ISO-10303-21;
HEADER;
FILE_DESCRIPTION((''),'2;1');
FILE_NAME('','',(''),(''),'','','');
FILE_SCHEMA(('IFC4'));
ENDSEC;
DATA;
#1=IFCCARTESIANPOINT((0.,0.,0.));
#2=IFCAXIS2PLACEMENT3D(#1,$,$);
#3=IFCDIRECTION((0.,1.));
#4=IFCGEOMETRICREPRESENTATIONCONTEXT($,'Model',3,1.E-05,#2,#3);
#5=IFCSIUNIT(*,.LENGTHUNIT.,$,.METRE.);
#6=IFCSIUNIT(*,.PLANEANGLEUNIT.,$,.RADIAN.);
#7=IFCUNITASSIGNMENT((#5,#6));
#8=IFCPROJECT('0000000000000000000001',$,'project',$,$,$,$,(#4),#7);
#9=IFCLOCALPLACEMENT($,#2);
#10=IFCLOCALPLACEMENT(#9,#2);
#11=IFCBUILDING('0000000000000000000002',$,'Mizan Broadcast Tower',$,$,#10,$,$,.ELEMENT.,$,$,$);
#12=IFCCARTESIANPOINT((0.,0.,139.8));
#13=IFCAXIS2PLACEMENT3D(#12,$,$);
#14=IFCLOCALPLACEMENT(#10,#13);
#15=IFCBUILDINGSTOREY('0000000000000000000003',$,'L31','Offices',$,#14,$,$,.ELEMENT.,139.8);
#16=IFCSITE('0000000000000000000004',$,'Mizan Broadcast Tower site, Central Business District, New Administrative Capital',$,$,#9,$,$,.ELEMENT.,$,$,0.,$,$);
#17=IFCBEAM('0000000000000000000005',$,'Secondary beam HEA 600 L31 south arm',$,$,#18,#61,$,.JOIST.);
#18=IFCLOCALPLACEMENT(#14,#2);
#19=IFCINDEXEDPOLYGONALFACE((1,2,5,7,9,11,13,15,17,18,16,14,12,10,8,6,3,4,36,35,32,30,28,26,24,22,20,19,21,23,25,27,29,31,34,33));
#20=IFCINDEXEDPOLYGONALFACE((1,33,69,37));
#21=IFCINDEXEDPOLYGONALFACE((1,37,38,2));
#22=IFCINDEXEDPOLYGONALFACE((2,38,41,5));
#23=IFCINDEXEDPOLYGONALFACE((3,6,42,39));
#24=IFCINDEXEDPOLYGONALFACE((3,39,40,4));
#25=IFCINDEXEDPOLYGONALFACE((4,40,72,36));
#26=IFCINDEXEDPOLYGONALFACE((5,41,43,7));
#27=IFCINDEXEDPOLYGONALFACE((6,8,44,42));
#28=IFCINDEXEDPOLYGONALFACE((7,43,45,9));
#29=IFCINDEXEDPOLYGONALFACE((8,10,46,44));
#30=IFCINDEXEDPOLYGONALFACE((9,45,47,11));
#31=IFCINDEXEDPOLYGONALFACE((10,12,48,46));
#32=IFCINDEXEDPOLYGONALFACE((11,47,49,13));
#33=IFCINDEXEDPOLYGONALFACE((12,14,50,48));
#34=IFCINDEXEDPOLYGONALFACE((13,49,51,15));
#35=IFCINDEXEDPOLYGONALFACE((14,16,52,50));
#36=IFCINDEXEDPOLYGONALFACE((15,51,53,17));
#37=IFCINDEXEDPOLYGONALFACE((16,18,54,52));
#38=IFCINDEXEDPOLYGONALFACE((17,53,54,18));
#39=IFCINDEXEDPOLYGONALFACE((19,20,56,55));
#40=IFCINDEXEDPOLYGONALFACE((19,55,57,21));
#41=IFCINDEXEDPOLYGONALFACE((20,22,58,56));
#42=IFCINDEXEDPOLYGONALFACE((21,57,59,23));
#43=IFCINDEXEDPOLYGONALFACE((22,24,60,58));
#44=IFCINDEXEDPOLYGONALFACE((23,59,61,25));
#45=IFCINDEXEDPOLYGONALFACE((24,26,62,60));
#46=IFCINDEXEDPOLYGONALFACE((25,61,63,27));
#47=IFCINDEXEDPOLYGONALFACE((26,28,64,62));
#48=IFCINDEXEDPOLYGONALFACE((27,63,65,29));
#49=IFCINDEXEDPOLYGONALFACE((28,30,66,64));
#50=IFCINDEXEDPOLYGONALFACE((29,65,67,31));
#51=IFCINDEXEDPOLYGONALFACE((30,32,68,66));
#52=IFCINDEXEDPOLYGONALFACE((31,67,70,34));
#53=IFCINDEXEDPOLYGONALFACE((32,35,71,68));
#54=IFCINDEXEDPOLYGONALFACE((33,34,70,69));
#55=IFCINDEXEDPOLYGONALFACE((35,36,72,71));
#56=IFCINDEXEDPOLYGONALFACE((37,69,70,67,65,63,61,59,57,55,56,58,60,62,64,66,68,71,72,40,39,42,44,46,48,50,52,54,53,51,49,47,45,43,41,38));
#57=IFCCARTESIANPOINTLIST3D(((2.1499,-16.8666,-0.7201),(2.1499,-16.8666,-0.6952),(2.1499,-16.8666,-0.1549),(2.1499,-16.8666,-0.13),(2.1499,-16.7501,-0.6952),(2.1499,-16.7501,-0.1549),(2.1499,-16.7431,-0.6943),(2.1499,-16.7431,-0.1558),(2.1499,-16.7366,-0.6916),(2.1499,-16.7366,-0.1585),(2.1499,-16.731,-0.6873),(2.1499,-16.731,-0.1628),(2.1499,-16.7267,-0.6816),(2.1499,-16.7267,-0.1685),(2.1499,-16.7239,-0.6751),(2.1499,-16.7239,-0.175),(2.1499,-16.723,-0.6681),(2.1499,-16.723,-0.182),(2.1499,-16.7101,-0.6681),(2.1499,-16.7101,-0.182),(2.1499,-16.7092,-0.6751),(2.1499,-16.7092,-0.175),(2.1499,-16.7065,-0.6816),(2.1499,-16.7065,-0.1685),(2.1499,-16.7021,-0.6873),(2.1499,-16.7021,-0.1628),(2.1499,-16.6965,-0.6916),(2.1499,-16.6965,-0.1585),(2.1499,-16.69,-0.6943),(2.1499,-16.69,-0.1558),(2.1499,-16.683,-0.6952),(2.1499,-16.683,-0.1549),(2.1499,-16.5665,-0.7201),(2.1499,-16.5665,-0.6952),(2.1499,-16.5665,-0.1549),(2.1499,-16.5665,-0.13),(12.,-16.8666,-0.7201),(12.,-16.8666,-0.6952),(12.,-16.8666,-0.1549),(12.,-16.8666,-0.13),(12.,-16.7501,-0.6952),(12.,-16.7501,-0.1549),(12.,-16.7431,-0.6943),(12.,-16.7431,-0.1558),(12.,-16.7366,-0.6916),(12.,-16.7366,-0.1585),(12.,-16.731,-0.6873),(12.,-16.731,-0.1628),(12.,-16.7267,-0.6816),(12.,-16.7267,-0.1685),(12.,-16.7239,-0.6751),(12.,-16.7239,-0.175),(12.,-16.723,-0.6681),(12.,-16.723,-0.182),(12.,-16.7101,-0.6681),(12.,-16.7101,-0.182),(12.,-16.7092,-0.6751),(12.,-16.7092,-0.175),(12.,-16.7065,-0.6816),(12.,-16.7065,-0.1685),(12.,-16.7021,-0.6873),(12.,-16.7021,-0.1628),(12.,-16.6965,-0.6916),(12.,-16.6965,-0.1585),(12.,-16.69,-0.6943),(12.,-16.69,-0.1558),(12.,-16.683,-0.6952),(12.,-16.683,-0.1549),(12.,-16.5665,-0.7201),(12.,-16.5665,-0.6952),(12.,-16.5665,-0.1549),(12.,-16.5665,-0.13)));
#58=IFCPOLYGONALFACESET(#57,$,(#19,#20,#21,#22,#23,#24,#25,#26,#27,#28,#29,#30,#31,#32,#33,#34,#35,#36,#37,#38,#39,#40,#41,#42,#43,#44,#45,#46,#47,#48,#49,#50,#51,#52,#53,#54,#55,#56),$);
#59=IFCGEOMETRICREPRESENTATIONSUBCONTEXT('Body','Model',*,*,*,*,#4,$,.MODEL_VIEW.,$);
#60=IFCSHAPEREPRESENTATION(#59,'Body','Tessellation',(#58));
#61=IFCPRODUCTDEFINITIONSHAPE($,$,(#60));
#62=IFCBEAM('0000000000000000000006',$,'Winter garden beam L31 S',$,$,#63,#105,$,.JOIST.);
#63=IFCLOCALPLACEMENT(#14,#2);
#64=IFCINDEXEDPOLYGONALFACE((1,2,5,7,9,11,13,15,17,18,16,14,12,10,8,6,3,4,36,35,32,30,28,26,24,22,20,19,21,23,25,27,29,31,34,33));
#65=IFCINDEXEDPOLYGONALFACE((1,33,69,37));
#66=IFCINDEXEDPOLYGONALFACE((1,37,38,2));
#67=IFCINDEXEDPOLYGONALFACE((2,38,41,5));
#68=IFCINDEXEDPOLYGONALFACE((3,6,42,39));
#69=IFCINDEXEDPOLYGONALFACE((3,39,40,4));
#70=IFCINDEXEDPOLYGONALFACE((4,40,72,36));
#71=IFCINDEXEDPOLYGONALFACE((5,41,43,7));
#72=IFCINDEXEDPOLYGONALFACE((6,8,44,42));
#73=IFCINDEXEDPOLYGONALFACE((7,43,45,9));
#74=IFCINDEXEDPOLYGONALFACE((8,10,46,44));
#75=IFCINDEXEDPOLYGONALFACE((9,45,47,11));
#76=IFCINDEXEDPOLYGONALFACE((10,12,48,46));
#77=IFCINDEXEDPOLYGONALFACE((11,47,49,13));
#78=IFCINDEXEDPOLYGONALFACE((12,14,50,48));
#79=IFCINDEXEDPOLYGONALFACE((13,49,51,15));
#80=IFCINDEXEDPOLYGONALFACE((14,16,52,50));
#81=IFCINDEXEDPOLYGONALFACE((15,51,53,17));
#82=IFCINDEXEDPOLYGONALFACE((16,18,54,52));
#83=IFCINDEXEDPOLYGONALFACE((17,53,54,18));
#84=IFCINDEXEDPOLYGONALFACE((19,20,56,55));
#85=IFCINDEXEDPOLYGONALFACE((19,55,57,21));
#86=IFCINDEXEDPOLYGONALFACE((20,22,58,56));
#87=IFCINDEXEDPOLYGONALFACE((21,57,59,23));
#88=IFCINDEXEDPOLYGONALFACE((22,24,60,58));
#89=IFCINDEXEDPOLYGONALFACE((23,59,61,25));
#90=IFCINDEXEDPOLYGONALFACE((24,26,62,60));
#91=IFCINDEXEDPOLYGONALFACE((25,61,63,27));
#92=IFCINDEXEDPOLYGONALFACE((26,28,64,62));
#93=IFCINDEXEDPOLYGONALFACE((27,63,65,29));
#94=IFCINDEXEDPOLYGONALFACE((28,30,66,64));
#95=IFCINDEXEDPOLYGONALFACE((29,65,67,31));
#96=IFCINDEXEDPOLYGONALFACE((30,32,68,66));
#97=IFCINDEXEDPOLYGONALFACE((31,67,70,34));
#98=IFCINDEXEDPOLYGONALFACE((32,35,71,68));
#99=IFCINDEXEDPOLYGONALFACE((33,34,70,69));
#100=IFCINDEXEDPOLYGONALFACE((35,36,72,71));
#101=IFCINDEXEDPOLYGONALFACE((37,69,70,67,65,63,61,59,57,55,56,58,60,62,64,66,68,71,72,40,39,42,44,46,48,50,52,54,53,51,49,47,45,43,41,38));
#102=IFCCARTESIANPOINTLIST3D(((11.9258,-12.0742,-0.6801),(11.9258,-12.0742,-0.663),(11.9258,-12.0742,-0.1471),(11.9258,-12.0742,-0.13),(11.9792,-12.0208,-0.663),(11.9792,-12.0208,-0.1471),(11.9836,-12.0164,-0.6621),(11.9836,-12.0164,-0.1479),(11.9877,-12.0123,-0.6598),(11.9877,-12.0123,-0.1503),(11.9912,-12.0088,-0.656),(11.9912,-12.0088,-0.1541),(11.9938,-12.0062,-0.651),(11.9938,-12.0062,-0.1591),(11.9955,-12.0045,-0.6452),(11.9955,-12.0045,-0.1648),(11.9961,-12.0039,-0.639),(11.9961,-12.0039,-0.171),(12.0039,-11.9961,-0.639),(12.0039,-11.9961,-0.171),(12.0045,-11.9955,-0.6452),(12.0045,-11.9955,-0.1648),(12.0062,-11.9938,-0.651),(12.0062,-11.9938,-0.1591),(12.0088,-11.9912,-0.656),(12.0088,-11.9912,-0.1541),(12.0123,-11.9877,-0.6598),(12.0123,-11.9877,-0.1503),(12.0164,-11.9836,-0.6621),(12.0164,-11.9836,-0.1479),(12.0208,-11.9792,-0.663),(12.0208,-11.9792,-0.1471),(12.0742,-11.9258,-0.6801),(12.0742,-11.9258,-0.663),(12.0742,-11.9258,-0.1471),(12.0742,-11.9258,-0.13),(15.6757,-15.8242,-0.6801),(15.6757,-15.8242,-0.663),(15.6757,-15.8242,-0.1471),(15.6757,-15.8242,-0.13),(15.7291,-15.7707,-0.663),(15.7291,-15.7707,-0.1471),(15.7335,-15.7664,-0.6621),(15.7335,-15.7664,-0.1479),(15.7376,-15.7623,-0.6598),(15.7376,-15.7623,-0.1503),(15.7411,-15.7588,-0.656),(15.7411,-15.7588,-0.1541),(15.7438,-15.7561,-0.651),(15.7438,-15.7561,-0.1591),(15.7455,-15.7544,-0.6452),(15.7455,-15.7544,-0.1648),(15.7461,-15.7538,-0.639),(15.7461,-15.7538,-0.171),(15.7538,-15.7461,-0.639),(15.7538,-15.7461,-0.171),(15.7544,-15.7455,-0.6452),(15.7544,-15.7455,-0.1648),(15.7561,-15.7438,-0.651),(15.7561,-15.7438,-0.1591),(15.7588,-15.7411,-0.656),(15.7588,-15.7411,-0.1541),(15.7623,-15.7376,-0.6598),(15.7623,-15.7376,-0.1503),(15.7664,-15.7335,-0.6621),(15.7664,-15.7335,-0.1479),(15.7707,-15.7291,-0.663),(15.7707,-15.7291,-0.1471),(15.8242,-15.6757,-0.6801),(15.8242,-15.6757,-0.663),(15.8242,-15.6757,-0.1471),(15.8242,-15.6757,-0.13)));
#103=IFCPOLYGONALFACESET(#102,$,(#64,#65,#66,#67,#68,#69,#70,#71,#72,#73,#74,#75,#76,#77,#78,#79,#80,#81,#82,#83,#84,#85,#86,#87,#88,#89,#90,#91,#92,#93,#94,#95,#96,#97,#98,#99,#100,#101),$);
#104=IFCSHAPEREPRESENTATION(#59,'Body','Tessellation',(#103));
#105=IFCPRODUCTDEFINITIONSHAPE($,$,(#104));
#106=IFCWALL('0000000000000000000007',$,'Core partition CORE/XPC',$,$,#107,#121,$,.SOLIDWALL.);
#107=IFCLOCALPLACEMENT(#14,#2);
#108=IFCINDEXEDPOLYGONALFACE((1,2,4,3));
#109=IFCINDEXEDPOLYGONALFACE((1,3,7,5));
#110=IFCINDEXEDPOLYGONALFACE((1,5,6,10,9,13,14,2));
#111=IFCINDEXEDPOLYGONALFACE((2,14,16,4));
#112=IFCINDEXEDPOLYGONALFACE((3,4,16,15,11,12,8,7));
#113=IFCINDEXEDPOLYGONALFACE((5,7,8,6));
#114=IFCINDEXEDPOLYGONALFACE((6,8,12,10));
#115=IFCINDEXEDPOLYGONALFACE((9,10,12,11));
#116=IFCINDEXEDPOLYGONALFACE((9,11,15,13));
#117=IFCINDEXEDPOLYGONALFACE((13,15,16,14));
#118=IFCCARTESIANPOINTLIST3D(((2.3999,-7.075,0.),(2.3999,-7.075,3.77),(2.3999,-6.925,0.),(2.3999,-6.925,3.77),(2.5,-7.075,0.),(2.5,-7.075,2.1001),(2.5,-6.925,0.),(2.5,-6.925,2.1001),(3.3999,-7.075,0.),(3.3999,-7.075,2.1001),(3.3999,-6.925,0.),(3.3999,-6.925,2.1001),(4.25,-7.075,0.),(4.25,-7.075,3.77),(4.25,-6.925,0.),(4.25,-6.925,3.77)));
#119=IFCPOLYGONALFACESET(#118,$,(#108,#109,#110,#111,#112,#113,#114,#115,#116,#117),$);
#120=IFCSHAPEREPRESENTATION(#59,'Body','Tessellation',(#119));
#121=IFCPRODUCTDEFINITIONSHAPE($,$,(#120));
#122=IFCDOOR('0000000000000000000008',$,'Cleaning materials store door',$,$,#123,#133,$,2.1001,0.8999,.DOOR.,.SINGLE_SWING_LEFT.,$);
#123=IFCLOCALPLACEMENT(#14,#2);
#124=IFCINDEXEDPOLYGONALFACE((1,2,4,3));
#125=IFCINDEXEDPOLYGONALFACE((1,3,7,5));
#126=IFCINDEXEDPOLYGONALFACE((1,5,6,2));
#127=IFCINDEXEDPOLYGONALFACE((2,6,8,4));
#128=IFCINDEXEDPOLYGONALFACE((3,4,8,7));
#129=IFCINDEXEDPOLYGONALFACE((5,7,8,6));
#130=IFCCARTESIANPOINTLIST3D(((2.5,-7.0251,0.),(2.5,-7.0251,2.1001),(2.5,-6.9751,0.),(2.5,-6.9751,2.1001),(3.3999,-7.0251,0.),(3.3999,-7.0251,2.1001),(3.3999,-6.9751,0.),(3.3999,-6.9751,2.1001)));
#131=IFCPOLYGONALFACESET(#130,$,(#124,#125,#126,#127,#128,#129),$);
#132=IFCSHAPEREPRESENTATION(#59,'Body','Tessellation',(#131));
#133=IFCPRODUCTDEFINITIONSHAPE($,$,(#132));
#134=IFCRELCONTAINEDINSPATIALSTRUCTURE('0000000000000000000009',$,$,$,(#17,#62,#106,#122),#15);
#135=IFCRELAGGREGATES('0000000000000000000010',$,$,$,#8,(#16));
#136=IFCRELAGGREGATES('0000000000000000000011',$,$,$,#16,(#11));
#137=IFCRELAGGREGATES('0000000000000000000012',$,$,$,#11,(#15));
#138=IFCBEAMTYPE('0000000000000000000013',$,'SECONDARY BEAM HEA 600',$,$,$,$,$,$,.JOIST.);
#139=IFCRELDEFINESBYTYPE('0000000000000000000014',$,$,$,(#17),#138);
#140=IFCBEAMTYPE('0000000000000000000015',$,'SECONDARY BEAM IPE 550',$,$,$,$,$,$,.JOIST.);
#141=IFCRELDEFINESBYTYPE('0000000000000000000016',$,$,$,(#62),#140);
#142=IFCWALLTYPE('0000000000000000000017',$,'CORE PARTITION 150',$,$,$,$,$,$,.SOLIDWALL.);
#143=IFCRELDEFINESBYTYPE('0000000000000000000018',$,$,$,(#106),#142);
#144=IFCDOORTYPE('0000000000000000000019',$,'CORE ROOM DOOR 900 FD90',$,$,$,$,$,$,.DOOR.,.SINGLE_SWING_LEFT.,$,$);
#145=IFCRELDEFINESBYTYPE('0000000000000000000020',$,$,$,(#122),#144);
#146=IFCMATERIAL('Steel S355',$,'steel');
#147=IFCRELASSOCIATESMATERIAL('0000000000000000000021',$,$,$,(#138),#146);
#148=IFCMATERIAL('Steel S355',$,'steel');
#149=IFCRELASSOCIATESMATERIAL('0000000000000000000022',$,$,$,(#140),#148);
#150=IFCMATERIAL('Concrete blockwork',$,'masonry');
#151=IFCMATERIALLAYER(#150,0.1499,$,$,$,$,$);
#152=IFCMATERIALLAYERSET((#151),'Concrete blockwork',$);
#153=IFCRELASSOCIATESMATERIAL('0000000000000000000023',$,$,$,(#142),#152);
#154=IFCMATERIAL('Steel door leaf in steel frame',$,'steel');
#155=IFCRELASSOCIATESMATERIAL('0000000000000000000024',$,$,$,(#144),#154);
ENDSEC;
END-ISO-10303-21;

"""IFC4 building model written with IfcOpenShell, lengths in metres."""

from ifc_helpers import new_model, si_unit, direction, frame, frame_2d, origin, origin_2d, place, context, subcontext, project, spatial, rectangle, i_section, extrude, material, layer, layer_set, material_profile, profile_set, type_object, element, fill, save


model = new_model("IFC4")

# Units and contexts
model_context = context("Model", 3, precision=1e-05, world=origin(), true_north=direction((0.0, 1.0)))
body_context = subcontext(model_context, "Body", "Model", "MODEL_VIEW")
ifc_project = project(units=[si_unit("LENGTHUNIT", "METRE"), si_unit("PLANEANGLEUNIT", "RADIAN")], contexts=[model_context])

# Site, building, storey
site_placement = place(None, origin())
site = spatial("IfcSite", under=ifc_project, at=site_placement, Name="Mizan Broadcast Tower site, Central Business District, New Administrative Capital", CompositionType="ELEMENT", RefElevation=0.0)
building_placement = place(site_placement, origin())
building = spatial("IfcBuilding", under=site, at=building_placement, Name="Mizan Broadcast Tower", CompositionType="ELEMENT")
storey_placement = place(building_placement, frame((0.0, 0.0, 139.8)))
storey = spatial("IfcBuildingStorey", under=building, at=storey_placement, Name="L31", Description="Offices", CompositionType="ELEMENT", Elevation=139.8)

# Beams
ifc_material_1 = material(Name="Steel S355", Category="steel")
ifc_material_profile_1 = material_profile(ifc_material_1, i_section(OverallWidth=0.3, OverallDepth=0.5901, WebThickness=0.0129, FlangeThickness=0.0249, FilletRadius=0.0271, at=origin_2d()), Name="HEA 600")
ifc_profile_set_1 = profile_set([ifc_material_profile_1], Name="Steel S355")
beam_type_1 = type_object("IfcBeamType", Name="SECONDARY BEAM HEA 600", PredefinedType="JOIST", material=ifc_profile_set_1)
for number, where, z_axis, x_axis, name in (
    (1, (12.0, -16.7166, -0.425), (-1.0, 0.0, 0.0), (0.0, -1.0, 0.0), "Secondary beam HEA 600 L31 south arm"),
):
    element("IfcBeam", number, at=place(storey_placement, frame(where, z_axis=z_axis, x_axis=x_axis)), inside=storey, type_object=beam_type_1, Name=name, PredefinedType="JOIST", context=body_context, shape_type="SweptSolid", body=[
        extrude(i_section(OverallWidth=0.3, OverallDepth=0.5901, WebThickness=0.0129, FlangeThickness=0.0249, FilletRadius=0.0271, at=origin_2d()), origin(), (0.0, 0.0, 1.0), 9.8501),
    ])
ifc_material_2 = material(Name="Steel S355", Category="steel")
ifc_material_profile_2 = material_profile(ifc_material_2, i_section(OverallWidth=0.21, OverallDepth=0.55, WebThickness=0.011, FlangeThickness=0.0171, FilletRadius=0.0239, at=origin_2d()), Name="IPE 550")
ifc_profile_set_2 = profile_set([ifc_material_profile_2], Name="Steel S355")
beam_type_2 = type_object("IfcBeamType", Name="SECONDARY BEAM IPE 550", PredefinedType="JOIST", material=ifc_profile_set_2)
beam_1_placement = place(storey_placement, frame((12.0, -12.0, -0.405), z_axis=(0.707107, -0.707107, 0.0), x_axis=(0.707107, 0.707107, 0.0)))
element("IfcBeam", 2, at=beam_1_placement, inside=storey, type_object=beam_type_2, Name="Winter garden beam L31 S", PredefinedType="JOIST", context=body_context, shape_type="SweptSolid", body=[
    extrude(i_section(OverallWidth=0.21, OverallDepth=0.55, WebThickness=0.011, FlangeThickness=0.0171, FilletRadius=0.0239, at=origin_2d()), origin(), (0.0, 0.0, 1.0), 5.3032),
])

# Wall, opening, door
ifc_material_3 = material(Name="Concrete blockwork", Category="masonry")
ifc_layer_1 = layer(ifc_material_3, 0.1499)
ifc_layer_set_1 = layer_set([ifc_layer_1], Name="Concrete blockwork")
wall_type_1 = type_object("IfcWallType", Name="CORE PARTITION 150", PredefinedType="SOLIDWALL", material=ifc_layer_set_1)
wall_1_placement = place(storey_placement, frame((2.3999, -7.0, 0.0), z_axis=(0.0, 0.0, 1.0), x_axis=(1.0, 0.0, 0.0)))
wall_1 = element("IfcWall", 3, at=wall_1_placement, inside=storey, type_object=wall_type_1, Name="Core partition CORE/XPC", PredefinedType="SOLIDWALL", context=body_context, shape_type="SweptSolid", body=[
    extrude(rectangle(XDim=1.8501, YDim=0.1499, at=frame_2d((0.925, 0.0))), origin(), (0.0, 0.0, 1.0), 3.77),
])
opening_1_placement = place(wall_1_placement, frame((0.1001, 0.0, 0.0)))
opening_1 = element("IfcOpeningElement", 4, at=opening_1_placement, cuts=wall_1, PredefinedType="OPENING", context=body_context, shape_type="SweptSolid", body=[
    extrude(rectangle(XDim=0.8999, YDim=2.1001, at=frame_2d((0.45, 1.05))), frame((0.0, 0.085, 0.0), z_axis=(0.0, -1.0, 0.0), x_axis=(1.0, 0.0, 0.0)), (0.0, 0.0, 1.0), 0.1699),
])
ifc_material_4 = material(Name="Steel door leaf in steel frame", Category="steel")
door_type_1 = type_object("IfcDoorType", Name="CORE ROOM DOOR 900 FD90", OperationType="SINGLE_SWING_LEFT", PredefinedType="DOOR", material=ifc_material_4)
door_1_placement = place(opening_1_placement, origin())
door_1 = element("IfcDoor", 5, at=door_1_placement, inside=storey, type_object=door_type_1, Name="Cleaning materials store door", OperationType="SINGLE_SWING_LEFT", OverallHeight=2.1001, OverallWidth=0.8999, PredefinedType="DOOR", context=body_context, shape_type="SweptSolid", body=[
    extrude(rectangle(XDim=0.8999, YDim=2.1001, at=frame_2d((0.45, 1.05))), frame((0.0, 0.0249, 0.0), z_axis=(0.0, -1.0, 0.0), x_axis=(1.0, 0.0, 0.0)), (0.0, 0.0, 1.0), 0.05),
])
fill(opening_1, door_1)

save(model, "model.ifc")
